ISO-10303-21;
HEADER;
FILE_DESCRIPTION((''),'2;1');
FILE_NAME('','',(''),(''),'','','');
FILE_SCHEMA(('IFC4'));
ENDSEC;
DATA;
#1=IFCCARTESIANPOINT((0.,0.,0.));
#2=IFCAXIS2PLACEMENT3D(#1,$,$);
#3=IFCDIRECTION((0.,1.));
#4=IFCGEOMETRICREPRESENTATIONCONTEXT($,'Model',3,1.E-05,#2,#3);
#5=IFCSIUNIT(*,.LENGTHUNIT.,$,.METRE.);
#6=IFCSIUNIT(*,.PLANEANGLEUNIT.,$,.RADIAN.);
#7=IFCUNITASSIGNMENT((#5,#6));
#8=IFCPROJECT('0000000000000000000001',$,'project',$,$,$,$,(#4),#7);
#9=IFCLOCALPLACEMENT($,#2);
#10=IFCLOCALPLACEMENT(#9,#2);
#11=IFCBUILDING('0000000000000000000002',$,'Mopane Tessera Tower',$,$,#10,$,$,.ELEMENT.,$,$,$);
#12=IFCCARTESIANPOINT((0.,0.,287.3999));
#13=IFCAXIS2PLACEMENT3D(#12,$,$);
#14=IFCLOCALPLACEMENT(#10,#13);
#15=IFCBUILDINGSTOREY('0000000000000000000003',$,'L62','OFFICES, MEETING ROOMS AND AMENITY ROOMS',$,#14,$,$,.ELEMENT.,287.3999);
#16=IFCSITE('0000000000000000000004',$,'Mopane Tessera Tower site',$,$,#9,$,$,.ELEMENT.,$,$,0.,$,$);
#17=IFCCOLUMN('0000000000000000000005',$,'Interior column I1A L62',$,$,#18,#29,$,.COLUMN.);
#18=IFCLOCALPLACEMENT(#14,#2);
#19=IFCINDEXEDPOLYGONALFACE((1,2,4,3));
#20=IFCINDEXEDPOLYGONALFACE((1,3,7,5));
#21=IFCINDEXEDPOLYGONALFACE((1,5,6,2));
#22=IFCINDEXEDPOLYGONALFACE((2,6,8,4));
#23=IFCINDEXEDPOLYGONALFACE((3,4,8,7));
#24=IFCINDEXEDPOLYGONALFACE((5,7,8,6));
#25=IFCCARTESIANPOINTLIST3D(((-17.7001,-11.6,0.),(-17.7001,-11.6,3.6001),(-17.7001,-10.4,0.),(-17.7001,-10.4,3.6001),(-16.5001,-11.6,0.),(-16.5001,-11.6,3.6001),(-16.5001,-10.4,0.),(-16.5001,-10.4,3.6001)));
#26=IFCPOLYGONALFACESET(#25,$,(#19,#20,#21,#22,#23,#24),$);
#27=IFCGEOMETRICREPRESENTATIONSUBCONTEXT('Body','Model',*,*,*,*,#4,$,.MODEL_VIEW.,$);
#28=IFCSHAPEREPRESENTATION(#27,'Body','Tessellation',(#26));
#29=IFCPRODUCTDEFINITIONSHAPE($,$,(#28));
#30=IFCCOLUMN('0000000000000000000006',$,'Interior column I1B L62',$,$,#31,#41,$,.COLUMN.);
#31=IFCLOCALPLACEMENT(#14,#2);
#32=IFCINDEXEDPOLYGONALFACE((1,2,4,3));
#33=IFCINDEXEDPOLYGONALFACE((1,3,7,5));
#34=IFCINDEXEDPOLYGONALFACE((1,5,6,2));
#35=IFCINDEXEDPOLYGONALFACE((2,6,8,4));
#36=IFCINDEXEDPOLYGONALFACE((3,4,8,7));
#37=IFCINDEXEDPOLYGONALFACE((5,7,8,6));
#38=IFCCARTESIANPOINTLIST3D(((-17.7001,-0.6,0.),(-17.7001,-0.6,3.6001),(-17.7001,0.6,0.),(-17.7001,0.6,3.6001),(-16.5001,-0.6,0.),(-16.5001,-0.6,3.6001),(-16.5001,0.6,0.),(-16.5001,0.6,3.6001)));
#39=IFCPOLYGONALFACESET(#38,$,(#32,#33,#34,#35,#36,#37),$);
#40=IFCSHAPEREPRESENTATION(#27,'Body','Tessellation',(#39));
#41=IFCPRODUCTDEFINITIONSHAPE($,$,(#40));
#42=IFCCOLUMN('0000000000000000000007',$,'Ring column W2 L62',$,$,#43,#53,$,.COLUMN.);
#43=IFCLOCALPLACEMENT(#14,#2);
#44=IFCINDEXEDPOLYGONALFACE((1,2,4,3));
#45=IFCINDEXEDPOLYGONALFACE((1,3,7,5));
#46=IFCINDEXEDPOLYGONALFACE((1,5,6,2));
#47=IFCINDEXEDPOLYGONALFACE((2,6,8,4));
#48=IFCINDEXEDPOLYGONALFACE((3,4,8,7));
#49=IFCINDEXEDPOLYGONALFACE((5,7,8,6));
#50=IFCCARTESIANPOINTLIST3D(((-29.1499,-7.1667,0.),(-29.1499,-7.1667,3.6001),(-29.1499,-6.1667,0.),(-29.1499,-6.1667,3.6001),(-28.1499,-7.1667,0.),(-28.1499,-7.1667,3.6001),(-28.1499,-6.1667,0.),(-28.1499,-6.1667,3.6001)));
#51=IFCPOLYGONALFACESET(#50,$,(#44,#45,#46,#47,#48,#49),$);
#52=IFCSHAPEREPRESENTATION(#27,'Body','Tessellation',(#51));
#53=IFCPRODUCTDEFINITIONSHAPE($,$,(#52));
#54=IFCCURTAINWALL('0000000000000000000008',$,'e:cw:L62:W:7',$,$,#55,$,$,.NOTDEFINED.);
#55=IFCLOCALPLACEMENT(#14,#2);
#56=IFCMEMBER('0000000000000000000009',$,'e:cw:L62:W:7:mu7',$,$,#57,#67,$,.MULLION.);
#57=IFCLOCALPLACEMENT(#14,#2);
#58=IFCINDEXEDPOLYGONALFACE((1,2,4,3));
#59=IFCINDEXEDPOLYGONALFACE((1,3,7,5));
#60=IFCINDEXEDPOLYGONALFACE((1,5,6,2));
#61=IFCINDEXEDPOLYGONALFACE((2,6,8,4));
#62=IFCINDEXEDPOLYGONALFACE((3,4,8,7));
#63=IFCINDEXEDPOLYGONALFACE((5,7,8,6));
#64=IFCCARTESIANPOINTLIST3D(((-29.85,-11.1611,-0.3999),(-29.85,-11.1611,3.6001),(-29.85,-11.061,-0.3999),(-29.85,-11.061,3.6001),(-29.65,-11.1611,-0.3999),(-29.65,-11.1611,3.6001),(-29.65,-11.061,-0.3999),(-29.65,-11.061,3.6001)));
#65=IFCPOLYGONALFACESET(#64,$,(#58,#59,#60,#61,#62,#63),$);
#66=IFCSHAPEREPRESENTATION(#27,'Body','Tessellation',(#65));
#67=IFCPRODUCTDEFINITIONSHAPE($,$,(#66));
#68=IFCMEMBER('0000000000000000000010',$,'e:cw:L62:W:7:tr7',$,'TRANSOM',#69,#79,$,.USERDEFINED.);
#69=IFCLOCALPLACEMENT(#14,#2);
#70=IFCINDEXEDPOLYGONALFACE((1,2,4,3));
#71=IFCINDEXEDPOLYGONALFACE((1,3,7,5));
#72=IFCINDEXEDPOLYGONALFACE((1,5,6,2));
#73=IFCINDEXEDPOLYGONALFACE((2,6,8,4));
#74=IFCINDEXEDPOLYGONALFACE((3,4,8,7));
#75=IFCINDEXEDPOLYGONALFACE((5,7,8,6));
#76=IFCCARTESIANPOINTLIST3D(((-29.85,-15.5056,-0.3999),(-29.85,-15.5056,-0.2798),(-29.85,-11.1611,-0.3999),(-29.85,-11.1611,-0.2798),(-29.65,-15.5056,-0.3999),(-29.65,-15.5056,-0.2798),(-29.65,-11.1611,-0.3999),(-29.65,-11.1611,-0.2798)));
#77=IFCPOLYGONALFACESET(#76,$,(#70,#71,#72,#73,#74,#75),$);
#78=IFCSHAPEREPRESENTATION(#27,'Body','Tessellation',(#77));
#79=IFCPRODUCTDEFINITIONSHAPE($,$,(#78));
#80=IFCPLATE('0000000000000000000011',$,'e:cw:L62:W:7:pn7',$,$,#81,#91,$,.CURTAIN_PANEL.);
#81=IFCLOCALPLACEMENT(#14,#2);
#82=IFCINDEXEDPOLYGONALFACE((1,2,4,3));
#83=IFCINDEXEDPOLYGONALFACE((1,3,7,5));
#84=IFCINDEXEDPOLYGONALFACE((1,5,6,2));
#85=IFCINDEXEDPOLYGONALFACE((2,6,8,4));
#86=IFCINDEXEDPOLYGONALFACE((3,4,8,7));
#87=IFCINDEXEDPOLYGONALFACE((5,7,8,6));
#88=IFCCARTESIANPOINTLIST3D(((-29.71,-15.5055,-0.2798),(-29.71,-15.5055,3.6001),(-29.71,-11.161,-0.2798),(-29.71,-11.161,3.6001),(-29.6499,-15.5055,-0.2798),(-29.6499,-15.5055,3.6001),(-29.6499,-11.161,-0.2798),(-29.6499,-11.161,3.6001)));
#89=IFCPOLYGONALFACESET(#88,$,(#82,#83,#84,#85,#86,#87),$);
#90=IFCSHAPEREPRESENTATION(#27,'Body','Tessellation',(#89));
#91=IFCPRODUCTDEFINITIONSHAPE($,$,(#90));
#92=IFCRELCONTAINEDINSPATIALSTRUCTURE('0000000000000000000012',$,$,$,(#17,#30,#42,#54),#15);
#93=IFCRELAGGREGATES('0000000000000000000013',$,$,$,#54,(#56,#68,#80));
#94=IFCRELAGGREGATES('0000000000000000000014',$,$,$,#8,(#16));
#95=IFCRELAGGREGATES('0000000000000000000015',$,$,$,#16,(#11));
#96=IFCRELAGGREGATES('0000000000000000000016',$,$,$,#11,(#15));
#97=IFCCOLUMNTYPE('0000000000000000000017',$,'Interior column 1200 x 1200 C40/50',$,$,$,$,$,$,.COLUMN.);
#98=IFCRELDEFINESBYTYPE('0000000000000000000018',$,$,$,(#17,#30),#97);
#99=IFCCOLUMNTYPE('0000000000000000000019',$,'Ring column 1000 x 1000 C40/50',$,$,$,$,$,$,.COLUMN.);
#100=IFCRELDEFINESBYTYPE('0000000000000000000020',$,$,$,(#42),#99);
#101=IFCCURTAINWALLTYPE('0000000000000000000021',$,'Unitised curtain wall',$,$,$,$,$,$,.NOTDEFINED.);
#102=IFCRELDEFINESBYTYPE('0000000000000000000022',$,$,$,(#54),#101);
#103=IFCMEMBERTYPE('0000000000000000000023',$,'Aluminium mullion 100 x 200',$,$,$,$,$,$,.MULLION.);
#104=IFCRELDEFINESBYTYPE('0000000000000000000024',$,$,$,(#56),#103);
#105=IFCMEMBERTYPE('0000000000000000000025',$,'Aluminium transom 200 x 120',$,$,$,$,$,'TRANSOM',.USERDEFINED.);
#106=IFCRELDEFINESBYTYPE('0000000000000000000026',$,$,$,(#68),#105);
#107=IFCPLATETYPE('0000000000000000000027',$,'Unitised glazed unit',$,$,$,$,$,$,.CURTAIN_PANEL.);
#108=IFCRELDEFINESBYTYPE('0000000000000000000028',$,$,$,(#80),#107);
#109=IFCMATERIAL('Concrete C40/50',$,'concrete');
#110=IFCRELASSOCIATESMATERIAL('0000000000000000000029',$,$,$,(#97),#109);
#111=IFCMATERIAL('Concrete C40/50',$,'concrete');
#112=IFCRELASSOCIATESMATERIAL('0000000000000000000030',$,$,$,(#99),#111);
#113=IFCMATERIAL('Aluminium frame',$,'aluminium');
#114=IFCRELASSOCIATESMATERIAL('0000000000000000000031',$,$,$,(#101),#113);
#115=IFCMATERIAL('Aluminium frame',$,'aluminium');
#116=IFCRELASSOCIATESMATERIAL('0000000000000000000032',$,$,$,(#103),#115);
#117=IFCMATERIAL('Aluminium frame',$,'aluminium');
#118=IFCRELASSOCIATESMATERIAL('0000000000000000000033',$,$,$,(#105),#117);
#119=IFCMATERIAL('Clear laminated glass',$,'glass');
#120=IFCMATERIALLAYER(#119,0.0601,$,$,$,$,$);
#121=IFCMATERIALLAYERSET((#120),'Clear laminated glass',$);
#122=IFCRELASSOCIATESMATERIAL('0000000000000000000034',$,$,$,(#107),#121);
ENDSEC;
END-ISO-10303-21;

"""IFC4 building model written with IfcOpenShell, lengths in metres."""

from ifc_helpers import new_model, si_unit, direction, frame, origin, origin_2d, place, context, subcontext, project, spatial, rectangle, extrude, material, layer, layer_set, material_profile, profile_set, type_object, element, aggregate, save


model = new_model("IFC4")

# Units and contexts
model_context = context("Model", 3, precision=1e-05, world=origin(), true_north=direction((0.0, 1.0)))
body_context = subcontext(model_context, "Body", "Model", "MODEL_VIEW")
ifc_project = project(units=[si_unit("LENGTHUNIT", "METRE"), si_unit("PLANEANGLEUNIT", "RADIAN")], contexts=[model_context])

# Site, building, storey
site_placement = place(None, origin())
site = spatial("IfcSite", under=ifc_project, at=site_placement, Name="Mopane Tessera Tower site", CompositionType="ELEMENT", RefElevation=0.0)
building_placement = place(site_placement, origin())
building = spatial("IfcBuilding", under=site, at=building_placement, Name="Mopane Tessera Tower", CompositionType="ELEMENT")
storey_placement = place(building_placement, frame((0.0, 0.0, 287.3999)))
storey = spatial("IfcBuildingStorey", under=building, at=storey_placement, Name="L62", Description="OFFICES, MEETING ROOMS AND AMENITY ROOMS", CompositionType="ELEMENT", Elevation=287.3999)

# Columns
ifc_material_1 = material(Name="Concrete C40/50", Category="concrete")
ifc_material_profile_1 = material_profile(ifc_material_1, rectangle(XDim=1.2, YDim=1.2, at=origin_2d()))
ifc_profile_set_1 = profile_set([ifc_material_profile_1], Name="Concrete C40/50")
column_type_1 = type_object("IfcColumnType", Name="Interior column 1200 x 1200 C40/50", PredefinedType="COLUMN", material=ifc_profile_set_1)
for number, where, z_axis, x_axis, name in (
    (1, (-17.1001, -11.0, 0.0), (0.0, 0.0, 1.0), (1.0, 0.0, 0.0), "Interior column I1A L62"),
    (2, (-17.1001, 0.0, 0.0), (0.0, 0.0, 1.0), (1.0, 0.0, 0.0), "Interior column I1B L62"),
):
    element("IfcColumn", number, at=place(storey_placement, frame(where, z_axis=z_axis, x_axis=x_axis)), inside=storey, type_object=column_type_1, Name=name, PredefinedType="COLUMN", context=body_context, shape_type="SweptSolid", body=[
        extrude(rectangle(XDim=1.2, YDim=1.2, at=origin_2d()), origin(), (0.0, 0.0, 1.0), 3.6001),
    ])
ifc_material_2 = material(Name="Concrete C40/50", Category="concrete")
ifc_material_profile_2 = material_profile(ifc_material_2, rectangle(XDim=1.0, YDim=1.0, at=origin_2d()))
ifc_profile_set_2 = profile_set([ifc_material_profile_2], Name="Concrete C40/50")
column_type_2 = type_object("IfcColumnType", Name="Ring column 1000 x 1000 C40/50", PredefinedType="COLUMN", material=ifc_profile_set_2)
column_placement = place(storey_placement, frame((-28.6499, -6.6667, 0.0), z_axis=(0.0, 0.0, 1.0), x_axis=(1.0, 0.0, 0.0)))
element("IfcColumn", 3, at=column_placement, inside=storey, type_object=column_type_2, Name="Ring column W2 L62", PredefinedType="COLUMN", context=body_context, shape_type="SweptSolid", body=[
    extrude(rectangle(XDim=1.0, YDim=1.0, at=origin_2d()), origin(), (0.0, 0.0, 1.0), 3.6001),
])

# Curtain wall, members, plate
ifc_material_3 = material(Name="Aluminium frame", Category="aluminium")
curtain_wall_type = type_object("IfcCurtainWallType", Name="Unitised curtain wall", PredefinedType="NOTDEFINED", material=ifc_material_3)
curtain_wall_placement = place(storey_placement, origin())
curtain_wall = element("IfcCurtainWall", 4, at=curtain_wall_placement, inside=storey, type_object=curtain_wall_type, Name="e:cw:L62:W:7", PredefinedType="NOTDEFINED")
ifc_material_4 = material(Name="Aluminium frame", Category="aluminium")
ifc_material_profile_3 = material_profile(ifc_material_4, rectangle(XDim=0.1001, YDim=0.2, at=origin_2d()))
ifc_profile_set_3 = profile_set([ifc_material_profile_3], Name="Aluminium frame")
member_type_1 = type_object("IfcMemberType", Name="Aluminium mullion 100 x 200", PredefinedType="MULLION", material=ifc_profile_set_3)
member_1_placement = place(storey_placement, frame((-29.75, -11.1111, -0.3999), z_axis=(0.0, 0.0, 1.0), x_axis=(0.0, -1.0, 0.0)))
member_1 = element("IfcMember", 5, at=member_1_placement, type_object=member_type_1, Name="e:cw:L62:W:7:mu7", PredefinedType="MULLION", context=body_context, shape_type="SweptSolid", body=[
    extrude(rectangle(XDim=0.1001, YDim=0.2, at=origin_2d()), origin(), (0.0, 0.0, 1.0), 4.0),
])
ifc_material_5 = material(Name="Aluminium frame", Category="aluminium")
ifc_material_profile_4 = material_profile(ifc_material_5, rectangle(XDim=0.2, YDim=0.1201, at=origin_2d()))
ifc_profile_set_4 = profile_set([ifc_material_profile_4], Name="Aluminium frame")
member_type_2 = type_object("IfcMemberType", Name="Aluminium transom 200 x 120", ElementType="TRANSOM", PredefinedType="USERDEFINED", material=ifc_profile_set_4)
member_2_placement = place(storey_placement, frame((-29.75, -11.1611, -0.3398), z_axis=(0.0, -1.0, 0.0), x_axis=(1.0, 0.0, 0.0)))
member_2 = element("IfcMember", 6, at=member_2_placement, type_object=member_type_2, Name="e:cw:L62:W:7:tr7", ObjectType="TRANSOM", PredefinedType="USERDEFINED", context=body_context, shape_type="SweptSolid", body=[
    extrude(rectangle(XDim=0.2, YDim=0.1201, at=origin_2d()), origin(), (0.0, 0.0, 1.0), 4.3445),
])
ifc_material_6 = material(Name="Clear laminated glass", Category="glass")
ifc_layer_1 = layer(ifc_material_6, 0.0601)
ifc_layer_set_1 = layer_set([ifc_layer_1], Name="Clear laminated glass")
plate_type = type_object("IfcPlateType", Name="Unitised glazed unit", PredefinedType="CURTAIN_PANEL", material=ifc_layer_set_1)
plate_placement = place(storey_placement, frame((-29.6799, -13.3333, -0.2798), z_axis=(0.0, 0.0, 1.0), x_axis=(0.0, -1.0, 0.0)))
plate = element("IfcPlate", 7, at=plate_placement, type_object=plate_type, Name="e:cw:L62:W:7:pn7", PredefinedType="CURTAIN_PANEL", context=body_context, shape_type="SweptSolid", body=[
    extrude(rectangle(XDim=4.3445, YDim=0.0601, at=origin_2d()), origin(), (0.0, 0.0, 1.0), 3.8799),
])
aggregate(curtain_wall, [member_1, member_2, plate])

save(model, "model.ifc")
